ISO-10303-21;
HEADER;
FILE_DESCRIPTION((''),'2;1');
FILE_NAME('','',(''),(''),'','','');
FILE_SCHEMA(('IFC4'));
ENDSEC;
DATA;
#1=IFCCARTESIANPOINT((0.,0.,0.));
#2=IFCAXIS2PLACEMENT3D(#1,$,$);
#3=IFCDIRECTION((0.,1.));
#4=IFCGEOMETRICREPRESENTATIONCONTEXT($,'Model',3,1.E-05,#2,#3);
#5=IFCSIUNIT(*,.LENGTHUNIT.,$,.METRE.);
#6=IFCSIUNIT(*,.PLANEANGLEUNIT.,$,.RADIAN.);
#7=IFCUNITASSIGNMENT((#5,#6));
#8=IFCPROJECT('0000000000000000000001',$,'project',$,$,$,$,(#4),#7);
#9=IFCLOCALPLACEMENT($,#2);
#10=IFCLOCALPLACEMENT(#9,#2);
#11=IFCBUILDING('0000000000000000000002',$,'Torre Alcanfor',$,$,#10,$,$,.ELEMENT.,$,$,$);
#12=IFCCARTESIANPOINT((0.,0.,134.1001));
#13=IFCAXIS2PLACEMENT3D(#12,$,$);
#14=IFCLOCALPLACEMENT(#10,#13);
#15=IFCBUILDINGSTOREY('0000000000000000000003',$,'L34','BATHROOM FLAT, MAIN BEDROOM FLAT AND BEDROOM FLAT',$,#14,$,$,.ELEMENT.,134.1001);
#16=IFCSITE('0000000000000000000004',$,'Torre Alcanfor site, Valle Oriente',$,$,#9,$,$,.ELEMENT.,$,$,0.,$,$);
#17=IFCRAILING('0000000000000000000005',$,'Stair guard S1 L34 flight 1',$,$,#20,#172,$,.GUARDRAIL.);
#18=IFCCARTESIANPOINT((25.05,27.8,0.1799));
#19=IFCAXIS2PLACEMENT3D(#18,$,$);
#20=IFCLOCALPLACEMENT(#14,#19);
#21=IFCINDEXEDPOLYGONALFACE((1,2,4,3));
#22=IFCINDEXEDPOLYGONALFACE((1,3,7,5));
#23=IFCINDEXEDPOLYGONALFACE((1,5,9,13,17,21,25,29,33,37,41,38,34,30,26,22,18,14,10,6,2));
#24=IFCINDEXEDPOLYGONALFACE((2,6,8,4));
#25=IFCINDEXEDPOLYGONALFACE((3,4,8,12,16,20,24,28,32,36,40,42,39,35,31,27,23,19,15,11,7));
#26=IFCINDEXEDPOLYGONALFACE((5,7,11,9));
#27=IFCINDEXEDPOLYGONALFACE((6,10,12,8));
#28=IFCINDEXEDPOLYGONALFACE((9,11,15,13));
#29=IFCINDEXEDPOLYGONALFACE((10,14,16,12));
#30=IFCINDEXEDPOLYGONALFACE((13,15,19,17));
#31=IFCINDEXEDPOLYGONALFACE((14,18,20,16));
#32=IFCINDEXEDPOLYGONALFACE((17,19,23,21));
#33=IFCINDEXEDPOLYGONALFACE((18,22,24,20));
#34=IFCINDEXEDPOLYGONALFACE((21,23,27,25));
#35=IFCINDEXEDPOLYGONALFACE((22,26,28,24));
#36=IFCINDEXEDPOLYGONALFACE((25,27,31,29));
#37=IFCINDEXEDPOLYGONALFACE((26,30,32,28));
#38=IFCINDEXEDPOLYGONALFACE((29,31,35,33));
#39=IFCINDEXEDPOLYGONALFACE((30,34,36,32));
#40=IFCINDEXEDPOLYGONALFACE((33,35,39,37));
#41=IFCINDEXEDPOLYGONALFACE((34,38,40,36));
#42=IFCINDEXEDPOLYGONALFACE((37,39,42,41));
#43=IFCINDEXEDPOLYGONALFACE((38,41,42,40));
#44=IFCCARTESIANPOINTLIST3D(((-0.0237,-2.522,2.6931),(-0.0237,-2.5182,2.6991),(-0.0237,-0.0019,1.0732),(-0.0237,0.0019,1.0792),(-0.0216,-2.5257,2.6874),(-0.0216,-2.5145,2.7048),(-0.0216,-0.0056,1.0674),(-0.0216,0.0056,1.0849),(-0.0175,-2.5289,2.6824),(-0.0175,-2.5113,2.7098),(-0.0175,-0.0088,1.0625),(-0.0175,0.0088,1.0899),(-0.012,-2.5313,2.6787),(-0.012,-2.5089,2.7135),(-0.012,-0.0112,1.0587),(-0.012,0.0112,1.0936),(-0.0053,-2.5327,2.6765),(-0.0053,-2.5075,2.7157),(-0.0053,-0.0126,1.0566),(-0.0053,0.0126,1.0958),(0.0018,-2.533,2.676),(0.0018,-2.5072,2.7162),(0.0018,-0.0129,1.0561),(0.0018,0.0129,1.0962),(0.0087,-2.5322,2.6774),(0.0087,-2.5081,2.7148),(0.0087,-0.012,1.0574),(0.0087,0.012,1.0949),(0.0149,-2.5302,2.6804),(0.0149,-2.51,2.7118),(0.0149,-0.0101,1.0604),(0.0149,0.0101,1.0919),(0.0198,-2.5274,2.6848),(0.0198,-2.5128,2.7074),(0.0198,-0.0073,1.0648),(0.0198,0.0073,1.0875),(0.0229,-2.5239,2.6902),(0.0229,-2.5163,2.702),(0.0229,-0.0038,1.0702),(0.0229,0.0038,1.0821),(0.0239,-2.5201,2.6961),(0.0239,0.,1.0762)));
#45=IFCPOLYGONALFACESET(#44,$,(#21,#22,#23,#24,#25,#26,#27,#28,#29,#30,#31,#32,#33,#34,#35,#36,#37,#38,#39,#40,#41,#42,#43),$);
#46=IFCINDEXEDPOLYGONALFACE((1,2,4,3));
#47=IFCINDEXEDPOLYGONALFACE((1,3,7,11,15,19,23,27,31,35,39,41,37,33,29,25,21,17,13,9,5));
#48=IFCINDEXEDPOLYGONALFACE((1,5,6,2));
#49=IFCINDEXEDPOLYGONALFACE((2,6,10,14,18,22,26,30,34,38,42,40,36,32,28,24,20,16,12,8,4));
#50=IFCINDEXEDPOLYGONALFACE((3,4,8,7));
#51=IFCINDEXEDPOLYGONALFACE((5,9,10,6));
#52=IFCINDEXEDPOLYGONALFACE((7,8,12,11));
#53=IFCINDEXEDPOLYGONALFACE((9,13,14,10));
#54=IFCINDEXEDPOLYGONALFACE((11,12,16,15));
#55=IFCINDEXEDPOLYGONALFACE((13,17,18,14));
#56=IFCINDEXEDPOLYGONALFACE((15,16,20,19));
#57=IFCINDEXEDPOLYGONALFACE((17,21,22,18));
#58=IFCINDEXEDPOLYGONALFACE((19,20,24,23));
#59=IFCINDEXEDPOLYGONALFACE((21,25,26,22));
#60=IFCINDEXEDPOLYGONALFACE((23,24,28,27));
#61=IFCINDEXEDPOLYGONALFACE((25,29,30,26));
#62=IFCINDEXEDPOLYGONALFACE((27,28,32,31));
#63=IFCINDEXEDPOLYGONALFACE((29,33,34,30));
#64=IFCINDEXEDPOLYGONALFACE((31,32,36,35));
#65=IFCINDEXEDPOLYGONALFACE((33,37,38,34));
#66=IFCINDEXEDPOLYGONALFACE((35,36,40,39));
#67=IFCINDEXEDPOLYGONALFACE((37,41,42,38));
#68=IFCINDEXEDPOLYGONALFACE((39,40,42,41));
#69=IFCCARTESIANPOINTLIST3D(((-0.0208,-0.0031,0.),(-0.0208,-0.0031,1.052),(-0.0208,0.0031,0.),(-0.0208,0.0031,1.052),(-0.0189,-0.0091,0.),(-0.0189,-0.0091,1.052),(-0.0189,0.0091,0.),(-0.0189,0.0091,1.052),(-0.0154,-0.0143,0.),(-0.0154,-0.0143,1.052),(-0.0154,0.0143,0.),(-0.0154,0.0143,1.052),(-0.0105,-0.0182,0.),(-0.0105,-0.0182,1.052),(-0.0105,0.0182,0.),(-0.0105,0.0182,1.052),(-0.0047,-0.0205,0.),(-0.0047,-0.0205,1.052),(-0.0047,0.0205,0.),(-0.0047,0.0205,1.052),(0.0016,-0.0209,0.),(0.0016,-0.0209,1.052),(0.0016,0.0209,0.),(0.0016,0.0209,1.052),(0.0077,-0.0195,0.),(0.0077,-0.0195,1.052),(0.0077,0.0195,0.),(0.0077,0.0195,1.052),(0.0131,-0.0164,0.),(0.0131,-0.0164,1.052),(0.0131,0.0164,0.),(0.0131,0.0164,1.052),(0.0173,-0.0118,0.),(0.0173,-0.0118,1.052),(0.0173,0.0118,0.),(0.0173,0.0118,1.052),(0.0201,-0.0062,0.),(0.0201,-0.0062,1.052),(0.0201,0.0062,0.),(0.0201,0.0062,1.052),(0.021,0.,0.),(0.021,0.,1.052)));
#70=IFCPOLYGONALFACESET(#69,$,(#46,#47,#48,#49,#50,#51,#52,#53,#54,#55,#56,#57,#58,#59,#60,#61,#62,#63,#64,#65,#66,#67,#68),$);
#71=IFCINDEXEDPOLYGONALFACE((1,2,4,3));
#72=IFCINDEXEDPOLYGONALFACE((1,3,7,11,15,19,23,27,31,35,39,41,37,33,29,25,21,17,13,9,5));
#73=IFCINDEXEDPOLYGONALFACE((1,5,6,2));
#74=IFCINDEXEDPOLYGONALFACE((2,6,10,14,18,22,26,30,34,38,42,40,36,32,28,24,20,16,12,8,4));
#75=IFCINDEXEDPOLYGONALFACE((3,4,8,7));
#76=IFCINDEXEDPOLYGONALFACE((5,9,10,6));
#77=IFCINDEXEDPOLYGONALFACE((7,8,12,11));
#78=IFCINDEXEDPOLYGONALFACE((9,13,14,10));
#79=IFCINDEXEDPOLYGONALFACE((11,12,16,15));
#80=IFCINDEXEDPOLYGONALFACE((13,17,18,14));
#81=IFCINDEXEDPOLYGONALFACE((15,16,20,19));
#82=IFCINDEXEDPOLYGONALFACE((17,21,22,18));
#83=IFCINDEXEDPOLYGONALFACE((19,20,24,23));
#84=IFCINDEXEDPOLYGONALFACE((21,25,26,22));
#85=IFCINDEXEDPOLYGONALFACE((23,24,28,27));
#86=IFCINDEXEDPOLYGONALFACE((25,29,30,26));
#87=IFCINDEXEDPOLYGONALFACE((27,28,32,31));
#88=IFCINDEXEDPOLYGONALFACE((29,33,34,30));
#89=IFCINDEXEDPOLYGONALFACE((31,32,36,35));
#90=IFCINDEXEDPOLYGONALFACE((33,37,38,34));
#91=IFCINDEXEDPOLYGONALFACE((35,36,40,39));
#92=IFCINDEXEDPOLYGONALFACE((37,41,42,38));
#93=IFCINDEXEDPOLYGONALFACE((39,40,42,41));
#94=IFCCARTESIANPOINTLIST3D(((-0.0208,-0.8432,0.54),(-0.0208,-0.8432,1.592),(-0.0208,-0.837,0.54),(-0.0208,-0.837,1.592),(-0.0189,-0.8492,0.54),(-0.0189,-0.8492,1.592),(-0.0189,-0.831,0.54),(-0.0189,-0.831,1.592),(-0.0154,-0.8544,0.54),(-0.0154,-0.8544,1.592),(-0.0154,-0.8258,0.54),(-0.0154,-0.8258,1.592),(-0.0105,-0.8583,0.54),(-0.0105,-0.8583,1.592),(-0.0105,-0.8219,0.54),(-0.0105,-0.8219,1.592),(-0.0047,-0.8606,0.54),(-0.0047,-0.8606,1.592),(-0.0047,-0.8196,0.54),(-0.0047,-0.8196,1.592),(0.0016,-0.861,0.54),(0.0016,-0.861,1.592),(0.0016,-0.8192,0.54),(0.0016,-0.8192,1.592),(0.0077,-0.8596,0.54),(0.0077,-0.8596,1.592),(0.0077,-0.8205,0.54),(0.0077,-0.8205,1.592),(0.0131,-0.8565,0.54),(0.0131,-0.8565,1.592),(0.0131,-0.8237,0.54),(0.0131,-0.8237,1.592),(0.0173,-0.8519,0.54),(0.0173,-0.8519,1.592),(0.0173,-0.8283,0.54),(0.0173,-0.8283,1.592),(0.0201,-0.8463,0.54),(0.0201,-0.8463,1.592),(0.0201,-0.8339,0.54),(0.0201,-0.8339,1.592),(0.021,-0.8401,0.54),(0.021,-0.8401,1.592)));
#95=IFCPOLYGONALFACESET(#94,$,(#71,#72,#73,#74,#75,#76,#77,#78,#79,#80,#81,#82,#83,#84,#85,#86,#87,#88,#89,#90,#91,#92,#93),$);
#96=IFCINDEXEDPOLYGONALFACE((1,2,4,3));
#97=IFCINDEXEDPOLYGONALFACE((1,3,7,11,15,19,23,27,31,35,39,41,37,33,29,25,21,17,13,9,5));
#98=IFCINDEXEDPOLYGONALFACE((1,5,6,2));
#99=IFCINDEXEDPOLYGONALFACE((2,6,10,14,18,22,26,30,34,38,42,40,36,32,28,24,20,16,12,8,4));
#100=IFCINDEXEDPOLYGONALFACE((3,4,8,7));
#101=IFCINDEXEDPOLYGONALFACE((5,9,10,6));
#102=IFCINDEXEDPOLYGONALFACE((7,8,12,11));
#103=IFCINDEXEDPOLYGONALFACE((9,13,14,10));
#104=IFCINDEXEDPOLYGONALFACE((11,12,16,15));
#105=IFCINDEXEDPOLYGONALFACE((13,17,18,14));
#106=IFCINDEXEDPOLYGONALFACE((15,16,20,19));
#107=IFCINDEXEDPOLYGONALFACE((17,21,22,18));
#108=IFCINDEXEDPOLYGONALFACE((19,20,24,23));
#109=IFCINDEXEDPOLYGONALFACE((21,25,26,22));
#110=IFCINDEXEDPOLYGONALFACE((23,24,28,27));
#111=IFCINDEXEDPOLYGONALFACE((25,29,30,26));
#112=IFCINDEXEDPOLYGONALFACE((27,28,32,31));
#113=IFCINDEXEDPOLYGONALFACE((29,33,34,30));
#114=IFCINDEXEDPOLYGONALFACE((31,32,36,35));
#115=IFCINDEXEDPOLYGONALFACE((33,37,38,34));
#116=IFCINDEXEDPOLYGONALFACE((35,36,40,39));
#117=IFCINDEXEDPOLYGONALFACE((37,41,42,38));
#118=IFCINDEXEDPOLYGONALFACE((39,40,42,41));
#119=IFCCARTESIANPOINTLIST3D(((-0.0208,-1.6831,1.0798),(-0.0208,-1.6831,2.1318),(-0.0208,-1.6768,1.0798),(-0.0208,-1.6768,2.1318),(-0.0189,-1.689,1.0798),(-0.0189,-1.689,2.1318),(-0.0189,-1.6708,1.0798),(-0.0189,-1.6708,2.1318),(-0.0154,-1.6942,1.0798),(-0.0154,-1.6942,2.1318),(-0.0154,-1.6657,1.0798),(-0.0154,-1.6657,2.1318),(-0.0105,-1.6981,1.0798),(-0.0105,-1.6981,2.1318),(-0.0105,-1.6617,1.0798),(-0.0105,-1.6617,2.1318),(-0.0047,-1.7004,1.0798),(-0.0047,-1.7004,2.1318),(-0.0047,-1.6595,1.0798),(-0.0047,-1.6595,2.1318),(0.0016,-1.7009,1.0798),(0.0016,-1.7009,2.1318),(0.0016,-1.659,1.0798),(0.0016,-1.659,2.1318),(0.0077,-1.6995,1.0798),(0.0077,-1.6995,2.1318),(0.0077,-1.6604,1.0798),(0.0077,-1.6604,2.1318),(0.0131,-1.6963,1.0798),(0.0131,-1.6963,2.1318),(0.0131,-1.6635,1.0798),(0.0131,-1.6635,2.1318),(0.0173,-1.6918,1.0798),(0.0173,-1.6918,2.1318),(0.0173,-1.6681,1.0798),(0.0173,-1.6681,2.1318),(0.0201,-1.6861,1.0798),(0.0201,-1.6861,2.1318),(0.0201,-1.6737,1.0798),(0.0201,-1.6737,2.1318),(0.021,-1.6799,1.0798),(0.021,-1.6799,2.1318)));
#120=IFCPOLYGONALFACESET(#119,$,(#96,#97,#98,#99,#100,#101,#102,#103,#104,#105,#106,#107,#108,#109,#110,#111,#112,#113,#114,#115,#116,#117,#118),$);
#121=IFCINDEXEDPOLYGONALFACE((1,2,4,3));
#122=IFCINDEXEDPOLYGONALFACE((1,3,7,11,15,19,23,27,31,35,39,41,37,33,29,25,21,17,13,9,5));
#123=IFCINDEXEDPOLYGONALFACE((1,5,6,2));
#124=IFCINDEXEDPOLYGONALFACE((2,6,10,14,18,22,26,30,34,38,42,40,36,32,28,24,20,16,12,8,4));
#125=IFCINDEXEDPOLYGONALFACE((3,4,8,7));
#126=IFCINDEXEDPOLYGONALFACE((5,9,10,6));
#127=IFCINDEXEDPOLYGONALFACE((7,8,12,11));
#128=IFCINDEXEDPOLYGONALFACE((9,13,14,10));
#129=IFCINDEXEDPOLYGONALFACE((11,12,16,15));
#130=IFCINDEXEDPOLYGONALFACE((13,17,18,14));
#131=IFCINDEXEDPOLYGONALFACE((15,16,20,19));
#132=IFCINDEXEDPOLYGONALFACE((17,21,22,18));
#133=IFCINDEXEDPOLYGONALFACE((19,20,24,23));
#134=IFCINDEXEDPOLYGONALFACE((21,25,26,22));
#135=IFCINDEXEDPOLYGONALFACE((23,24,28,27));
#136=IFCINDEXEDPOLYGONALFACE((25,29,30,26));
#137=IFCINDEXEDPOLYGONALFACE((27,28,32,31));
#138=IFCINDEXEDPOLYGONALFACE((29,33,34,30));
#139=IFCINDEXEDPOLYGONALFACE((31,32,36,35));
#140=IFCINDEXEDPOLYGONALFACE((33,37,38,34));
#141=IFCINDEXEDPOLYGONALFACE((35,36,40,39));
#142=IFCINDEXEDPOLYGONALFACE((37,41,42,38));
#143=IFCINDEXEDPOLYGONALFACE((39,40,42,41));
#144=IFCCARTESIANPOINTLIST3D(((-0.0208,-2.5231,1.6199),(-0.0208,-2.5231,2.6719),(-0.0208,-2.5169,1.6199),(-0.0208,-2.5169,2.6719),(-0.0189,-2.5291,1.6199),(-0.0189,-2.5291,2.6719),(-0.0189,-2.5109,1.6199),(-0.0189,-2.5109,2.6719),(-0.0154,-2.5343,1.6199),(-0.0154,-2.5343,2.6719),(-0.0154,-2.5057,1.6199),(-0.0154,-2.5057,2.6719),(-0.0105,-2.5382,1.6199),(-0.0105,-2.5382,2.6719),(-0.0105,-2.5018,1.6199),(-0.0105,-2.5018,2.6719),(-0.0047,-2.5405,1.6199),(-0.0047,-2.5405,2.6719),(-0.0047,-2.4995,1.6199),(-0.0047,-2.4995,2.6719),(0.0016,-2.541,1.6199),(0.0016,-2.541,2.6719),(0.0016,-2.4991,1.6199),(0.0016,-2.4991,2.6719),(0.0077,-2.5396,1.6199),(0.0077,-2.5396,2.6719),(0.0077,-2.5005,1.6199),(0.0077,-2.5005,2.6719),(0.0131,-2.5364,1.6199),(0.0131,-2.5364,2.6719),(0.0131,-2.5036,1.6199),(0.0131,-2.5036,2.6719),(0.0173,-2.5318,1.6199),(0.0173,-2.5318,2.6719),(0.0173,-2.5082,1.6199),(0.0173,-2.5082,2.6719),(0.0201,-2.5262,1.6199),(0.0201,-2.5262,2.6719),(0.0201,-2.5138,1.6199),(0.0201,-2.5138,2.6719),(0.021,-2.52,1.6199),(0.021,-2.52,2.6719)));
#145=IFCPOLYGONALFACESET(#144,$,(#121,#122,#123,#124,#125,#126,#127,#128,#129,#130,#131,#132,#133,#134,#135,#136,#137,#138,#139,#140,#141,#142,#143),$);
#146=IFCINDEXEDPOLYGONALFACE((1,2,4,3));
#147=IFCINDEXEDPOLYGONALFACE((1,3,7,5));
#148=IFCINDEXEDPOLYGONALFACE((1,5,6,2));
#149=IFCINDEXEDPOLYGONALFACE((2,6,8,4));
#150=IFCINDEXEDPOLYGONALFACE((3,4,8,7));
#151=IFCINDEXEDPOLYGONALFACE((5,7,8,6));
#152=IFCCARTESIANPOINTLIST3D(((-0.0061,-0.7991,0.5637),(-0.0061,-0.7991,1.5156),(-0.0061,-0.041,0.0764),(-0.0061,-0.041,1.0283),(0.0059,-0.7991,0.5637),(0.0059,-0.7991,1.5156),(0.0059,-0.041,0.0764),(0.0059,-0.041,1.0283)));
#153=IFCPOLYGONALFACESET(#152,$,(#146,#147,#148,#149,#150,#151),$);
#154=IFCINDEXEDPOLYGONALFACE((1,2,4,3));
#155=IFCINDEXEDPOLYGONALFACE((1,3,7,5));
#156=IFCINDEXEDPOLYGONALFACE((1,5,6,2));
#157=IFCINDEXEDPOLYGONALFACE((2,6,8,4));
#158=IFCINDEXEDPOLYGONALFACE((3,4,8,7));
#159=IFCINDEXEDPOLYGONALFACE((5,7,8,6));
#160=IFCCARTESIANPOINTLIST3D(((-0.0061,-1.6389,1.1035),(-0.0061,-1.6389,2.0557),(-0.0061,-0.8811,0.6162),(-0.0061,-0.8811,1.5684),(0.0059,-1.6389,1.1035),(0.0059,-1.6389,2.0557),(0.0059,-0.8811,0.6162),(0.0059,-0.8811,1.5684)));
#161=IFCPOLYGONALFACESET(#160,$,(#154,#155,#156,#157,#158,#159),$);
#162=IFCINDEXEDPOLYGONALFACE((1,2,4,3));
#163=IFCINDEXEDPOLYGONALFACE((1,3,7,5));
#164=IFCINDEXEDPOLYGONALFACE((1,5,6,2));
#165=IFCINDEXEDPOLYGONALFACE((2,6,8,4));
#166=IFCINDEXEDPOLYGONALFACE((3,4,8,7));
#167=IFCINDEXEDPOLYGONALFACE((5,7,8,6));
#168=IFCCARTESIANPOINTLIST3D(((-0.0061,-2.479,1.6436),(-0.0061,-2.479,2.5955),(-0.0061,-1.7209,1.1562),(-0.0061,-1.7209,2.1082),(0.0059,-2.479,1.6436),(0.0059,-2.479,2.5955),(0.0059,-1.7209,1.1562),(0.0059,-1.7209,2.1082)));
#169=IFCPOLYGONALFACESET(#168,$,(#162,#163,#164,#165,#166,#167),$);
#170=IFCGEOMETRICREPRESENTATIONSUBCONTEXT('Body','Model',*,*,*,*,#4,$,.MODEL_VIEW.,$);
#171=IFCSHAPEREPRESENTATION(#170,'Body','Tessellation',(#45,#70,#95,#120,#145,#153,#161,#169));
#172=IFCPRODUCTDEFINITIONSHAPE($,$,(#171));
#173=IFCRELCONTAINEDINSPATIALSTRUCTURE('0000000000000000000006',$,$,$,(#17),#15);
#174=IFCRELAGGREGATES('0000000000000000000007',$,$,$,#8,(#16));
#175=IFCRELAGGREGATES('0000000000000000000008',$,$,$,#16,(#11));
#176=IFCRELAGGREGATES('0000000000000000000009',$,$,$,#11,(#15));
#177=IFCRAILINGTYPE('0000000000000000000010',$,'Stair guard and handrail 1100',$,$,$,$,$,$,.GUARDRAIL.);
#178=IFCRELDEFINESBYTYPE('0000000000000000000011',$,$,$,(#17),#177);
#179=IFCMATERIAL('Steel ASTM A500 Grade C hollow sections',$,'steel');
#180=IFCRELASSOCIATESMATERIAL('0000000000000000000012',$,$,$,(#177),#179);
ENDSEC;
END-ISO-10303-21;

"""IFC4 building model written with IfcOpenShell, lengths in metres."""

from ifc_helpers import new_model, si_unit, direction, frame, origin, origin_2d, place, context, subcontext, project, spatial, polyline, circle, outline, extrude, material, type_object, element, save


model = new_model("IFC4")

# Units and contexts
model_context = context("Model", 3, precision=1e-05, world=origin(), true_north=direction((0.0, 1.0)))
body_context = subcontext(model_context, "Body", "Model", "MODEL_VIEW")
ifc_project = project(units=[si_unit("LENGTHUNIT", "METRE"), si_unit("PLANEANGLEUNIT", "RADIAN")], contexts=[model_context])

# Site, building, storey
site_placement = place(None, origin())
site = spatial("IfcSite", under=ifc_project, at=site_placement, Name="Torre Alcanfor site, Valle Oriente", CompositionType="ELEMENT", RefElevation=0.0)
building_placement = place(site_placement, origin())
building = spatial("IfcBuilding", under=site, at=building_placement, Name="Torre Alcanfor", CompositionType="ELEMENT")
storey_placement = place(building_placement, frame((0.0, 0.0, 134.1001)))
storey = spatial("IfcBuildingStorey", under=building, at=storey_placement, Name="L34", Description="BATHROOM FLAT, MAIN BEDROOM FLAT AND BEDROOM FLAT", CompositionType="ELEMENT", Elevation=134.1001)

# Railing
ifc_material_1 = material(Name="Steel ASTM A500 Grade C hollow sections", Category="steel")
railing_type_1 = type_object("IfcRailingType", Name="Stair guard and handrail 1100", PredefinedType="GUARDRAIL", material=ifc_material_1)
railing_1_placement = place(storey_placement, frame((25.05, 27.8, 0.1799)))
element("IfcRailing", 1, at=railing_1_placement, inside=storey, type_object=railing_type_1, Name="Stair guard S1 L34 flight 1", PredefinedType="GUARDRAIL", context=body_context, shape_type="SweptSolid", body=[
    extrude(circle(Radius=0.0239, at=origin_2d()), frame((0.0, 0.0, 1.0762), z_axis=(0.0, -0.8412, 0.540725), x_axis=(1.0, 0.0, 0.0)), (0.0, 0.0, 1.0), 2.9958),
    extrude(circle(Radius=0.021, at=origin_2d()), origin(), (0.0, 0.0, 1.0), 1.052),
    extrude(circle(Radius=0.021, at=origin_2d()), frame((0.0, -0.8401, 0.54)), (0.0, 0.0, 1.0), 1.052),
    extrude(circle(Radius=0.021, at=origin_2d()), frame((0.0, -1.6799, 1.0798)), (0.0, 0.0, 1.0), 1.052),
    extrude(circle(Radius=0.021, at=origin_2d()), frame((0.0, -2.52, 1.6199)), (0.0, 0.0, 1.0), 1.052),
    extrude(outline(polyline([(0.041, 0.0764), (0.7991, 0.5637), (0.7991, 1.5156), (0.041, 1.0283), (0.041, 0.0764)])), frame((0.0059, 0.0, 0.0), z_axis=(-1.0, 0.0, 0.0), x_axis=(0.0, -1.0, 0.0)), (0.0, 0.0, 1.0), 0.012),
    extrude(outline(polyline([(0.8811, 0.6162), (1.6389, 1.1035), (1.6389, 2.0557), (0.8811, 1.5684), (0.8811, 0.6162)])), frame((0.0059, 0.0, 0.0), z_axis=(-1.0, 0.0, 0.0), x_axis=(0.0, -1.0, 0.0)), (0.0, 0.0, 1.0), 0.012),
    extrude(outline(polyline([(1.7209, 1.1562), (2.479, 1.6436), (2.479, 2.5955), (1.7209, 2.1082), (1.7209, 1.1562)])), frame((0.0059, 0.0, 0.0), z_axis=(-1.0, 0.0, 0.0), x_axis=(0.0, -1.0, 0.0)), (0.0, 0.0, 1.0), 0.012),
])

save(model, "model.ifc")
